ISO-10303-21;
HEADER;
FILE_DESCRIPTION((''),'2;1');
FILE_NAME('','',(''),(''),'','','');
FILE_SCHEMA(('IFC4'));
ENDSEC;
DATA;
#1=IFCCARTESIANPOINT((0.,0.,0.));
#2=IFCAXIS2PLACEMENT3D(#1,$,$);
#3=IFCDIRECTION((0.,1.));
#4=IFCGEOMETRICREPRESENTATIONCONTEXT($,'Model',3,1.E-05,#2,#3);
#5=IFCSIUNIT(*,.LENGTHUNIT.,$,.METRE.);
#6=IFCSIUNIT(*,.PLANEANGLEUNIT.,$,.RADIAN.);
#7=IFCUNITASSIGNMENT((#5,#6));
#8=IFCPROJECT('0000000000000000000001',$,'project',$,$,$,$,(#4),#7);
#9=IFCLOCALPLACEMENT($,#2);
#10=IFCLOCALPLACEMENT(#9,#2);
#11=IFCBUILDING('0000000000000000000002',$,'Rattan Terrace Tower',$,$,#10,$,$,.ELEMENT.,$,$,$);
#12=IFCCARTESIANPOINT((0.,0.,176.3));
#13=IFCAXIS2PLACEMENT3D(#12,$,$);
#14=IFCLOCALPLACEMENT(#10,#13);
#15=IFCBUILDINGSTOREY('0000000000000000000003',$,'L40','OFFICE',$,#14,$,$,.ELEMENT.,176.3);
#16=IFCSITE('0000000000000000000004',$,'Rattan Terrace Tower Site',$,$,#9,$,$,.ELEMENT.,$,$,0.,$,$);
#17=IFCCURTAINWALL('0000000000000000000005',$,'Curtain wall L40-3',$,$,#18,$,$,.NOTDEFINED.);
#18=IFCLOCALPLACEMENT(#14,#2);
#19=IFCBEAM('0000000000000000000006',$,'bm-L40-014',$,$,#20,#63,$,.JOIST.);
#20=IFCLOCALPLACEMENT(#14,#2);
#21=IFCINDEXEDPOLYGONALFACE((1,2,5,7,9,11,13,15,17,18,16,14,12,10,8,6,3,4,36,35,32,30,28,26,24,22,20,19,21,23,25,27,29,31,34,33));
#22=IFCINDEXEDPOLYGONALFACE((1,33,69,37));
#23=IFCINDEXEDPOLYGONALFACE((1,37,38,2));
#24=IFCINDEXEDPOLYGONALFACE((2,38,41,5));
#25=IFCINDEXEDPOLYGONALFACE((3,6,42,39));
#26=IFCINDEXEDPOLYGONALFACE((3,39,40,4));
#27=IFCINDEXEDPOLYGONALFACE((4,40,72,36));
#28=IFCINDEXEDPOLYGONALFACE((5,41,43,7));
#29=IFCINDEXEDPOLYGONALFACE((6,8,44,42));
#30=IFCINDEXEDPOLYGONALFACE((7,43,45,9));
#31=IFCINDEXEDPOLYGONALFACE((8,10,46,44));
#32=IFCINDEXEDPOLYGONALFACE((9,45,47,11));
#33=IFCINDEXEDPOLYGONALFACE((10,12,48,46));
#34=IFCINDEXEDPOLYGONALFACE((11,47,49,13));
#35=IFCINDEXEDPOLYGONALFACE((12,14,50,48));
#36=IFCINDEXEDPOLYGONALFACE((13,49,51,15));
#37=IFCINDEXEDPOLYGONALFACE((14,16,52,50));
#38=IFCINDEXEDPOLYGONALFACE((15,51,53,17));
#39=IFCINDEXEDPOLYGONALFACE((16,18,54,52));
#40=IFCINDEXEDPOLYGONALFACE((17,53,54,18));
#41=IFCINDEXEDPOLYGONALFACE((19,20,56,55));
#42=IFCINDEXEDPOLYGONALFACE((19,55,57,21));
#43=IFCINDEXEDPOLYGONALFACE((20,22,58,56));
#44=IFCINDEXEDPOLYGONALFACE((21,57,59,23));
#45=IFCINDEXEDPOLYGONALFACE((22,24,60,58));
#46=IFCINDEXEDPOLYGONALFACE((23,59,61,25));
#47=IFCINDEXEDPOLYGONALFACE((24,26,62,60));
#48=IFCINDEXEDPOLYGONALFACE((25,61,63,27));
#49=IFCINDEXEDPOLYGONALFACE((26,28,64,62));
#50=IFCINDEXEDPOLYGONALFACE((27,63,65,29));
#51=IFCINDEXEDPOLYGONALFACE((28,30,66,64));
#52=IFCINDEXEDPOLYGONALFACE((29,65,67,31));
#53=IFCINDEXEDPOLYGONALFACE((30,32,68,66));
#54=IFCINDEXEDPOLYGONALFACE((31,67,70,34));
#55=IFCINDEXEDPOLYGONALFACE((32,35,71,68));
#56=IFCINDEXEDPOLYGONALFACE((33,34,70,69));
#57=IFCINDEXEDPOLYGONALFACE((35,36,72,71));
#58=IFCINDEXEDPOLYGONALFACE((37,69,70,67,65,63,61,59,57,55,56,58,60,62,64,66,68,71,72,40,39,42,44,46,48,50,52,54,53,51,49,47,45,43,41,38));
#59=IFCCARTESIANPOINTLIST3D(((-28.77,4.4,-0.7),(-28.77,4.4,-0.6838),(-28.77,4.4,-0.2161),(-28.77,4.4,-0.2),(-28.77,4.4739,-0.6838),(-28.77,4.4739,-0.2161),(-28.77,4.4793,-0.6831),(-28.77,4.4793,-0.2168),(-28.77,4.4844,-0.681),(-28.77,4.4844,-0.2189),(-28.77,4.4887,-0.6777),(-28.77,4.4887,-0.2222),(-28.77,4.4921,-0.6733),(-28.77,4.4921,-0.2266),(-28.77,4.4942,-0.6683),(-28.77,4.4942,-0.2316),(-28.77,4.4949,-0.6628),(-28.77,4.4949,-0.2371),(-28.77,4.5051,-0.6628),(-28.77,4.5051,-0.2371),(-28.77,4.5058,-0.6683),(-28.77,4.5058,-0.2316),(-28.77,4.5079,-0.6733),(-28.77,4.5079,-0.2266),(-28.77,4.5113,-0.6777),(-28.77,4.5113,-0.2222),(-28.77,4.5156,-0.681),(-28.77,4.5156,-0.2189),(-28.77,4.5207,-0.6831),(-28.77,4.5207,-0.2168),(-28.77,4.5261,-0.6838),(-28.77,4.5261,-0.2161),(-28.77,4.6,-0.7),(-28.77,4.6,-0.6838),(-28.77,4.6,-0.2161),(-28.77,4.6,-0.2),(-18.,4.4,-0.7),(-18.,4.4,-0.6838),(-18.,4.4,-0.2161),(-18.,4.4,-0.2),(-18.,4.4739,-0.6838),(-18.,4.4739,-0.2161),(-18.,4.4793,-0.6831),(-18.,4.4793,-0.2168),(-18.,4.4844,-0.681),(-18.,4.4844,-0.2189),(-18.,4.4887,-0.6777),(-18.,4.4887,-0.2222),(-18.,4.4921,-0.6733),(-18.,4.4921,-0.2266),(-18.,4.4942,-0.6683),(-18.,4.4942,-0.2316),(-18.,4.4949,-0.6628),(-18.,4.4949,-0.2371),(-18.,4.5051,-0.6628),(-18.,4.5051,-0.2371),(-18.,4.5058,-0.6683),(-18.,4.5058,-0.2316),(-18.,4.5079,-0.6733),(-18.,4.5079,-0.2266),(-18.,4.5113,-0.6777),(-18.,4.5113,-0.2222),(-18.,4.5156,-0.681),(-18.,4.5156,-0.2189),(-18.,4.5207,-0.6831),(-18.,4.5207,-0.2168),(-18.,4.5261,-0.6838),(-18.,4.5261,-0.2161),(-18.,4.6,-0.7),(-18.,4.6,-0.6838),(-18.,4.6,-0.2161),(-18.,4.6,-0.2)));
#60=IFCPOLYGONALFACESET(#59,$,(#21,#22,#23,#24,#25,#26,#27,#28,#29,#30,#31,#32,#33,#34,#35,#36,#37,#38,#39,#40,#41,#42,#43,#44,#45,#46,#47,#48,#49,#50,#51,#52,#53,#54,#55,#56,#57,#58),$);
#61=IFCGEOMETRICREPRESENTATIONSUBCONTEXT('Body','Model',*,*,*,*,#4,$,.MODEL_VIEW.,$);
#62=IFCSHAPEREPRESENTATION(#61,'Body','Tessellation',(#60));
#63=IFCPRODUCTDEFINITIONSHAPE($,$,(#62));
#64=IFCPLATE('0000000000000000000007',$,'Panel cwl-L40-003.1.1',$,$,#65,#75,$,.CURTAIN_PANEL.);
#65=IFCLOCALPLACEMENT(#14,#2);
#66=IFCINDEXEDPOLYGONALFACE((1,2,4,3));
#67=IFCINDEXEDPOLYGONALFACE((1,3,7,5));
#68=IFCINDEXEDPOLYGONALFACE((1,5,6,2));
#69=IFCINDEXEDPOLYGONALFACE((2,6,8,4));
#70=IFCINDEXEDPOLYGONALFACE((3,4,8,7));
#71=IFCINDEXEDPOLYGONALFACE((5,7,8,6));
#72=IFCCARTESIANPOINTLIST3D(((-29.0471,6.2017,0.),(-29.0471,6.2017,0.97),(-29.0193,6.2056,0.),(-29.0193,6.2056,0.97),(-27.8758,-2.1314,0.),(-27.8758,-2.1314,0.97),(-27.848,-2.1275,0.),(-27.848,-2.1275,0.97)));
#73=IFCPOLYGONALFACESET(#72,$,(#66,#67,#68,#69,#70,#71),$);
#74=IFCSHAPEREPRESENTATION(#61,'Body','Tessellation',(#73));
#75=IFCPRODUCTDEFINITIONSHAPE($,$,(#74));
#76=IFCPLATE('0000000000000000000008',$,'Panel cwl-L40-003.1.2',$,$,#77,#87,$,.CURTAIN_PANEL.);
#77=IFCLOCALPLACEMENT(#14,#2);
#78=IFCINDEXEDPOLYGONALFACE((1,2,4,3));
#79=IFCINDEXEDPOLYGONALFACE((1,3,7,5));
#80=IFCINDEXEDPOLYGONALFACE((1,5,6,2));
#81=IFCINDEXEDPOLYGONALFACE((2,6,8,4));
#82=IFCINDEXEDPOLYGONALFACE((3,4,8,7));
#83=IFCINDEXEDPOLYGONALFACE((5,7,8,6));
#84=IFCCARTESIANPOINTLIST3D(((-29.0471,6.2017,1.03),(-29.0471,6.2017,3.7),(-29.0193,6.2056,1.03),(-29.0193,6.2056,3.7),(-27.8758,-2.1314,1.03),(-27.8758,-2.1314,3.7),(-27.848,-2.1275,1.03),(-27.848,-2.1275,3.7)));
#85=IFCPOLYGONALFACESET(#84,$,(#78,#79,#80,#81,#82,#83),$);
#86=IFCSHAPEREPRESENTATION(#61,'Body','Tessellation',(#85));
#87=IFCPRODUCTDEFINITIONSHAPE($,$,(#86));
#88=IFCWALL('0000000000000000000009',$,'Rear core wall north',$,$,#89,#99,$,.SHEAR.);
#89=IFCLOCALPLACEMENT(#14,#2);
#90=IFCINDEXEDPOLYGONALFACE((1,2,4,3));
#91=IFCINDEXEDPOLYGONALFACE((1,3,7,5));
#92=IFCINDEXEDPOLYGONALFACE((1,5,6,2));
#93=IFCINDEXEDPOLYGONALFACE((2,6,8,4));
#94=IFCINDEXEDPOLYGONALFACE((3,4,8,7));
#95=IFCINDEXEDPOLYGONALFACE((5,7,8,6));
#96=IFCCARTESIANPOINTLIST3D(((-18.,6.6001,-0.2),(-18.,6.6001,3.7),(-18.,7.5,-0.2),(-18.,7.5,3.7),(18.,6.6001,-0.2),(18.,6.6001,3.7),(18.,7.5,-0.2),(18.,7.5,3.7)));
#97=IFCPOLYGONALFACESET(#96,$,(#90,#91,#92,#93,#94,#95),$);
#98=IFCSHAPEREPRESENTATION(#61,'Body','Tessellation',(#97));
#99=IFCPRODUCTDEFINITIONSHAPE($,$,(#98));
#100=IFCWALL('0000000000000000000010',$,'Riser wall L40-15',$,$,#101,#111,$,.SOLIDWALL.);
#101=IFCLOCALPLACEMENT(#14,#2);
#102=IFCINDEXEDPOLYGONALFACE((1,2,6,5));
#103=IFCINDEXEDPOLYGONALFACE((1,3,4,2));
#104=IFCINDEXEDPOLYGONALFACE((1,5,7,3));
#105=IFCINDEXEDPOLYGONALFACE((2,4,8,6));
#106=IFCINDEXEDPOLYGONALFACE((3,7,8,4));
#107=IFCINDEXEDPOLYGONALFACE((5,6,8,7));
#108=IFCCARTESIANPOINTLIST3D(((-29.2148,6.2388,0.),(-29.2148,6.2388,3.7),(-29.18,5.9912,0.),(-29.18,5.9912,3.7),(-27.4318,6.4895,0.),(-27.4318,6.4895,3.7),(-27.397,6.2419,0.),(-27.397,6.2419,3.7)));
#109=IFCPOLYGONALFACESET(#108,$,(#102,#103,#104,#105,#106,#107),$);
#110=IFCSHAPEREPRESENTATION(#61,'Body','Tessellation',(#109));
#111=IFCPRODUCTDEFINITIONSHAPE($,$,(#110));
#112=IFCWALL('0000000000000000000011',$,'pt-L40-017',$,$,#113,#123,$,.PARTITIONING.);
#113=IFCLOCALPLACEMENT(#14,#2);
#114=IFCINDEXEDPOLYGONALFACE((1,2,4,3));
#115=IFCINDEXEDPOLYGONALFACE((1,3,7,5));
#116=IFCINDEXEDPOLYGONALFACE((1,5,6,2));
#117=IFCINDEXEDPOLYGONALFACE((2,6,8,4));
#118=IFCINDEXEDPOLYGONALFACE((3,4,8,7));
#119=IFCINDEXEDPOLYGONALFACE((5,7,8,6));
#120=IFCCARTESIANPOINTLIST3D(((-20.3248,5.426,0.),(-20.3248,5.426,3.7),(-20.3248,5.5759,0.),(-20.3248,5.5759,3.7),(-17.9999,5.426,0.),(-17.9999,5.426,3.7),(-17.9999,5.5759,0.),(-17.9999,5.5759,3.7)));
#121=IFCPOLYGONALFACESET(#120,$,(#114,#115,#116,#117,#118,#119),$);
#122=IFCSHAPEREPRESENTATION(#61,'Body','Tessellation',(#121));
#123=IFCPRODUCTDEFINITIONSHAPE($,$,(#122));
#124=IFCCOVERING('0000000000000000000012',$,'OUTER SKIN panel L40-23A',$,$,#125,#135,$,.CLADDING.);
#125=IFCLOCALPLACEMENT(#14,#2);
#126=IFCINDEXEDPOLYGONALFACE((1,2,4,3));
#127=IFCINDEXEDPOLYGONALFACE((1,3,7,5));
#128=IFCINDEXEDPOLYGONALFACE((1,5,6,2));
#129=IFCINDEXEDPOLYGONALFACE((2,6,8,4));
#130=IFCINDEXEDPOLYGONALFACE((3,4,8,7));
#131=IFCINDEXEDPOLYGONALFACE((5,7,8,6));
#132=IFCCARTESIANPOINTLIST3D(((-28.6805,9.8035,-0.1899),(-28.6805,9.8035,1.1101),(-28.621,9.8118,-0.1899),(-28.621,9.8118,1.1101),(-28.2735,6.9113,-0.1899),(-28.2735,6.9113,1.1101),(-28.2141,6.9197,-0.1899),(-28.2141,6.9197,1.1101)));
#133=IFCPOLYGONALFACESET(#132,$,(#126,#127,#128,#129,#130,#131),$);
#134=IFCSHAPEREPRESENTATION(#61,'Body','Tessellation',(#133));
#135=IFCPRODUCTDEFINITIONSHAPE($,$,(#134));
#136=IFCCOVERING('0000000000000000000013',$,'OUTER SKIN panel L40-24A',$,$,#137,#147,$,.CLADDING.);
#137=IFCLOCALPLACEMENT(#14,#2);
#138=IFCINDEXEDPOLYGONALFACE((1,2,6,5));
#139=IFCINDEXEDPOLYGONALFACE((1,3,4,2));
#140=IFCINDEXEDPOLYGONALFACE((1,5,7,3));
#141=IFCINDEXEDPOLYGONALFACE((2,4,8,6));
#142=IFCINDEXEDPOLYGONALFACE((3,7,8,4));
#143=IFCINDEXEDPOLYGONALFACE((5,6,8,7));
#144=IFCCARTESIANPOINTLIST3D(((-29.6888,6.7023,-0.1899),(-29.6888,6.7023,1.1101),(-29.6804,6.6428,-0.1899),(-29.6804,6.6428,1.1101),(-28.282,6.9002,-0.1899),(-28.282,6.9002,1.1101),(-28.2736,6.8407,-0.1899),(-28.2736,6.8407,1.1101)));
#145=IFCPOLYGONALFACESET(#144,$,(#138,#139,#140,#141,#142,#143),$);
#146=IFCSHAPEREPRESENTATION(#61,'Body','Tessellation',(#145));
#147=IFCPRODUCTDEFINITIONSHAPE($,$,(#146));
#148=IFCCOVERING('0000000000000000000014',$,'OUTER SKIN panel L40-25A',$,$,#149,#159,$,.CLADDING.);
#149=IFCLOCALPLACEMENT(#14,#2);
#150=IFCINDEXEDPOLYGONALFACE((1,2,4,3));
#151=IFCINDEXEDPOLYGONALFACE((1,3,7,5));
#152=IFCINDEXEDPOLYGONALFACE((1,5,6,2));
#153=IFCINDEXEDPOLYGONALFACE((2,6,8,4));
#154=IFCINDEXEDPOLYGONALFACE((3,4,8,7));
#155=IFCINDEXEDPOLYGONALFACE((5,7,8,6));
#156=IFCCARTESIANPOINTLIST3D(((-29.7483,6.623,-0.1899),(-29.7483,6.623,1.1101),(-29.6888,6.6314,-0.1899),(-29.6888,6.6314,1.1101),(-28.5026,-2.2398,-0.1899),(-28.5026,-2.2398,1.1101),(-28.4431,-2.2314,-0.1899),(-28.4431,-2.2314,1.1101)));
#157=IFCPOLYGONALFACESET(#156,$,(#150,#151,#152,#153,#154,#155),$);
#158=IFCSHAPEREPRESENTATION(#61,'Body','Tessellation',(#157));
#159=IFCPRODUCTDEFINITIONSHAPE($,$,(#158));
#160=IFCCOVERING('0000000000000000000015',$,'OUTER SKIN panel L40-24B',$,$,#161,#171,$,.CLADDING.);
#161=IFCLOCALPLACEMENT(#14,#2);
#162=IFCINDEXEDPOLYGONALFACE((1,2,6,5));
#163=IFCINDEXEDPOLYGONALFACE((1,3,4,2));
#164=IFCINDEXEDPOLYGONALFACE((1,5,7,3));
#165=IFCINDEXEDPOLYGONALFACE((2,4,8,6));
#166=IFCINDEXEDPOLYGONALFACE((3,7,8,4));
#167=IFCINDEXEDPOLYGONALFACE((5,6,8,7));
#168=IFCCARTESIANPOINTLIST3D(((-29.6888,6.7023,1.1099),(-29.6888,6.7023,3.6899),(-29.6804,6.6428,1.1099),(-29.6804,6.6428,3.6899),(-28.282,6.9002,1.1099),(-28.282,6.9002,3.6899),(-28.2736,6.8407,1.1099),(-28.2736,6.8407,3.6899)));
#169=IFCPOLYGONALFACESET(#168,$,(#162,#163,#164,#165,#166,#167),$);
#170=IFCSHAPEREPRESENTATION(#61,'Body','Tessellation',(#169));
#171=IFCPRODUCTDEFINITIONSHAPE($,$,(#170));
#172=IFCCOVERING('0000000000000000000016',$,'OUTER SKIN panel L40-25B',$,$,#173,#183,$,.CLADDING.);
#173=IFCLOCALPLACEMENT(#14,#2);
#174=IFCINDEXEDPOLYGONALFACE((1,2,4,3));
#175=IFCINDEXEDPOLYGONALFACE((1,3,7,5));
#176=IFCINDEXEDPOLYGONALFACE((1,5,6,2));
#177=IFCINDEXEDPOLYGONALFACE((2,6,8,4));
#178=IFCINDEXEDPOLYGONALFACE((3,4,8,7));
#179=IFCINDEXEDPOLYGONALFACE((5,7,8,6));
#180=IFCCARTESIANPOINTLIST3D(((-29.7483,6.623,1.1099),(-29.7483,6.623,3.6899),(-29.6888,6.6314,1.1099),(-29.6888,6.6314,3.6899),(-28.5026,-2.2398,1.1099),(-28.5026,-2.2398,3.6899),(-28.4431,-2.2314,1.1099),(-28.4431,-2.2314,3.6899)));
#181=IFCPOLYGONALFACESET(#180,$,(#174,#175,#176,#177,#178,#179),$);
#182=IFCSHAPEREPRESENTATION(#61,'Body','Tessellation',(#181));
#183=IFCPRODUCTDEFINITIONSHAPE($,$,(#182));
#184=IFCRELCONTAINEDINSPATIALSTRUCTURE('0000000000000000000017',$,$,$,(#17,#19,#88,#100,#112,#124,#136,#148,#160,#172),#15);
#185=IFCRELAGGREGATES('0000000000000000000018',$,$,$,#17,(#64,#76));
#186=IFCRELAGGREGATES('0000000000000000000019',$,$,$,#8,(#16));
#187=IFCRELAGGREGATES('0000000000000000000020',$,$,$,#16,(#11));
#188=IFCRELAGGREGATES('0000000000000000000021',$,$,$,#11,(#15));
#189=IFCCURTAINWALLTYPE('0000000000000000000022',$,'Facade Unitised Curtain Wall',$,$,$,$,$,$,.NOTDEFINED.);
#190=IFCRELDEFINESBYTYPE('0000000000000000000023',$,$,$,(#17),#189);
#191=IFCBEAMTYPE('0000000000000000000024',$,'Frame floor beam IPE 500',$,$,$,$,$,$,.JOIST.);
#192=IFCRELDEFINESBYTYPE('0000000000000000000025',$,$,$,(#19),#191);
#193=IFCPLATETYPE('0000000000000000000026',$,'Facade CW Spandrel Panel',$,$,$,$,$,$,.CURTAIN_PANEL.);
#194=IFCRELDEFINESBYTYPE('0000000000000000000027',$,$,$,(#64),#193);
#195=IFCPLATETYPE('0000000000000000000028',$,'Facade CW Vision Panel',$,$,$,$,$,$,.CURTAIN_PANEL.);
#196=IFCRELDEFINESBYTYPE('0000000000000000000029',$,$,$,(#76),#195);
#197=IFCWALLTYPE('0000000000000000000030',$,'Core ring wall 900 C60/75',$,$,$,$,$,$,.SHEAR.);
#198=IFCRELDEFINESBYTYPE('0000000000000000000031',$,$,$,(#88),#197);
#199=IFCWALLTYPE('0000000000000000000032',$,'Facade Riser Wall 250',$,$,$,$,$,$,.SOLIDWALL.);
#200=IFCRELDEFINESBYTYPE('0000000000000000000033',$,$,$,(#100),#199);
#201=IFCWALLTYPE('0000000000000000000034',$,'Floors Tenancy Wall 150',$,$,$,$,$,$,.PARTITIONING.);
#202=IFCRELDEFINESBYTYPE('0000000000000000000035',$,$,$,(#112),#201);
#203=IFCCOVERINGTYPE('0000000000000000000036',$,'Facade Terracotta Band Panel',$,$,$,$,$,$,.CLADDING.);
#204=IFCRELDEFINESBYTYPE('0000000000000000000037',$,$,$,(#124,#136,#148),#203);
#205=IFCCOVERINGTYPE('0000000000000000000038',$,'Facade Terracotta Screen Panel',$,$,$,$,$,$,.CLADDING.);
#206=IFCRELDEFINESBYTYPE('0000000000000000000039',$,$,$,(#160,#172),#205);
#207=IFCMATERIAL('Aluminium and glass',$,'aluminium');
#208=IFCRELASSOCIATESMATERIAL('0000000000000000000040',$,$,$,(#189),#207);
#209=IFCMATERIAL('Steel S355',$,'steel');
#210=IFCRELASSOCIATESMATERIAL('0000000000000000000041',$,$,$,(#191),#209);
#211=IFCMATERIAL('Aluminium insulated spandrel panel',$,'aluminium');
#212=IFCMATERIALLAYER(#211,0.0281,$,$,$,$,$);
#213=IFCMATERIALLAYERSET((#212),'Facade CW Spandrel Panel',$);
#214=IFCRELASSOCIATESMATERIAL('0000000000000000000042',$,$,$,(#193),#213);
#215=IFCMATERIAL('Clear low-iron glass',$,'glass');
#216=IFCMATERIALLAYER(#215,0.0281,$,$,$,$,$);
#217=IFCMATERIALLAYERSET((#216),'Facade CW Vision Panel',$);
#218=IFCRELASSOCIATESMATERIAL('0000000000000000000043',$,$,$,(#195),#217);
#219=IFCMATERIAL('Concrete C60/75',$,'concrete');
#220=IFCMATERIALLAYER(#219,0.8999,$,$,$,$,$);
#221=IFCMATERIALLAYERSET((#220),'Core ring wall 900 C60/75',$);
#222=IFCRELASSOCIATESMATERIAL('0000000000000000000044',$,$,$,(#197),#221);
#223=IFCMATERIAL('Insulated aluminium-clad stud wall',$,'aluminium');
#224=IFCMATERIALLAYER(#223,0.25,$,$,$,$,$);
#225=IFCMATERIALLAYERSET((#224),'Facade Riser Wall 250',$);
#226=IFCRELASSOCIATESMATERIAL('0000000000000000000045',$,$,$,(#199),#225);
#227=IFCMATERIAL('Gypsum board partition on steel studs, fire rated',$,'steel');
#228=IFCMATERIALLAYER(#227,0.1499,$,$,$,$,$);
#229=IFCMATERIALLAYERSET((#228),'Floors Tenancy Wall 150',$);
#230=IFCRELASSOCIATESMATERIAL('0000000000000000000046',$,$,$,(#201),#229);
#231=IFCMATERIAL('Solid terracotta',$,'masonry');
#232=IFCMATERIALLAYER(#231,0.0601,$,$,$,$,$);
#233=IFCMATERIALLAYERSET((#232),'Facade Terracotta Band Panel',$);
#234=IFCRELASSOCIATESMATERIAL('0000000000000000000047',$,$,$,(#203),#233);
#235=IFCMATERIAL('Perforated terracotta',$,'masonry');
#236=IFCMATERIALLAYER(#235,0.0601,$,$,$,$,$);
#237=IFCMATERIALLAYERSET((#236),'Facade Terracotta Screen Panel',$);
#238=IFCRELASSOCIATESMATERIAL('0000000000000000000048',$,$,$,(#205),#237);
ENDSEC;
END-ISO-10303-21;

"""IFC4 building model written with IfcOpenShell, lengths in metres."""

from ifc_helpers import new_model, si_unit, direction, frame, frame_2d, origin, origin_2d, place, context, subcontext, project, spatial, rectangle, i_section, extrude, material, layer, layer_set, material_profile, profile_set, type_object, element, aggregate, save


model = new_model("IFC4")

# Units and contexts
model_context = context("Model", 3, precision=1e-05, world=origin(), true_north=direction((0.0, 1.0)))
body_context = subcontext(model_context, "Body", "Model", "MODEL_VIEW")
ifc_project = project(units=[si_unit("LENGTHUNIT", "METRE"), si_unit("PLANEANGLEUNIT", "RADIAN")], contexts=[model_context])

# Site, building, storey
site_placement = place(None, origin())
site = spatial("IfcSite", under=ifc_project, at=site_placement, Name="Rattan Terrace Tower Site", CompositionType="ELEMENT", RefElevation=0.0)
building_placement = place(site_placement, origin())
building = spatial("IfcBuilding", under=site, at=building_placement, Name="Rattan Terrace Tower", CompositionType="ELEMENT")
storey_placement = place(building_placement, frame((0.0, 0.0, 176.3)))
storey = spatial("IfcBuildingStorey", under=building, at=storey_placement, Name="L40", Description="OFFICE", CompositionType="ELEMENT", Elevation=176.3)

# Curtain wall
ifc_material_1 = material(Name="Aluminium and glass", Category="aluminium")
curtain_wall_type = type_object("IfcCurtainWallType", Name="Facade Unitised Curtain Wall", PredefinedType="NOTDEFINED", material=ifc_material_1)
curtain_wall_placement = place(storey_placement, origin())
curtain_wall = element("IfcCurtainWall", 1, at=curtain_wall_placement, inside=storey, type_object=curtain_wall_type, Name="Curtain wall L40-3", PredefinedType="NOTDEFINED")

# Beam
ifc_material_2 = material(Name="Steel S355", Category="steel")
ifc_material_profile_1 = material_profile(ifc_material_2, i_section(OverallWidth=0.2, OverallDepth=0.5, WebThickness=0.0103, FlangeThickness=0.0161, FilletRadius=0.021, at=origin_2d()), Name="IPE 500")
ifc_profile_set_1 = profile_set([ifc_material_profile_1], Name="Steel S355")
beam_type_1 = type_object("IfcBeamType", Name="Frame floor beam IPE 500", PredefinedType="JOIST", material=ifc_profile_set_1)
beam_1_placement = place(storey_placement, frame((-28.77, 4.5, -0.45), z_axis=(1.0, 0.0, 0.0), x_axis=(0.0, 1.0, 0.0)))
element("IfcBeam", 2, at=beam_1_placement, inside=storey, type_object=beam_type_1, Name="bm-L40-014", PredefinedType="JOIST", context=body_context, shape_type="SweptSolid", body=[
    extrude(i_section(OverallWidth=0.2, OverallDepth=0.5, WebThickness=0.0103, FlangeThickness=0.0161, FilletRadius=0.021, at=origin_2d()), origin(), (0.0, 0.0, 1.0), 10.77),
])

# Plates
ifc_material_3 = material(Name="Aluminium insulated spandrel panel", Category="aluminium")
ifc_layer_1 = layer(ifc_material_3, 0.0281)
ifc_layer_set_1 = layer_set([ifc_layer_1], Name="Facade CW Spandrel Panel")
plate_type_1 = type_object("IfcPlateType", Name="Facade CW Spandrel Panel", PredefinedType="CURTAIN_PANEL", material=ifc_layer_set_1)
plate_1_placement = place(storey_placement, frame((-28.4475, 2.0371, 0.0), z_axis=(0.0, 0.0, 1.0), x_axis=(0.139191, -0.990266, 0.0)))
plate_1 = element("IfcPlate", 3, at=plate_1_placement, type_object=plate_type_1, Name="Panel cwl-L40-003.1.1", PredefinedType="CURTAIN_PANEL", context=body_context, shape_type="SweptSolid", body=[
    extrude(rectangle(XDim=8.415, YDim=0.0281, at=origin_2d()), origin(), (0.0, 0.0, 1.0), 0.97),
])
ifc_material_4 = material(Name="Clear low-iron glass", Category="glass")
ifc_layer_2 = layer(ifc_material_4, 0.0281)
ifc_layer_set_2 = layer_set([ifc_layer_2], Name="Facade CW Vision Panel")
plate_type_2 = type_object("IfcPlateType", Name="Facade CW Vision Panel", PredefinedType="CURTAIN_PANEL", material=ifc_layer_set_2)
plate_2_placement = place(storey_placement, frame((-28.4475, 2.0371, 1.03), z_axis=(0.0, 0.0, 1.0), x_axis=(0.139191, -0.990266, 0.0)))
plate_2 = element("IfcPlate", 4, at=plate_2_placement, type_object=plate_type_2, Name="Panel cwl-L40-003.1.2", PredefinedType="CURTAIN_PANEL", context=body_context, shape_type="SweptSolid", body=[
    extrude(rectangle(XDim=8.415, YDim=0.0281, at=origin_2d()), origin(), (0.0, 0.0, 1.0), 2.6699),
])
aggregate(curtain_wall, [plate_1, plate_2])

# Walls
ifc_material_5 = material(Name="Concrete C60/75", Category="concrete")
ifc_layer_3 = layer(ifc_material_5, 0.8999)
ifc_layer_set_3 = layer_set([ifc_layer_3], Name="Core ring wall 900 C60/75")
wall_type_1 = type_object("IfcWallType", Name="Core ring wall 900 C60/75", PredefinedType="SHEAR", material=ifc_layer_set_3)
wall_1_placement = place(storey_placement, frame((-18.0, 7.05, -0.2), z_axis=(0.0, 0.0, 1.0), x_axis=(1.0, 0.0, 0.0)))
element("IfcWall", 5, at=wall_1_placement, inside=storey, type_object=wall_type_1, Name="Rear core wall north", PredefinedType="SHEAR", context=body_context, shape_type="SweptSolid", body=[
    extrude(rectangle(XDim=36.0, YDim=0.8999, at=frame_2d((18.0, 0.0))), origin(), (0.0, 0.0, 1.0), 3.8999),
])
ifc_material_6 = material(Name="Insulated aluminium-clad stud wall", Category="aluminium")
ifc_layer_4 = layer(ifc_material_6, 0.25)
ifc_layer_set_4 = layer_set([ifc_layer_4], Name="Facade Riser Wall 250")
wall_type_2 = type_object("IfcWallType", Name="Facade Riser Wall 250", PredefinedType="SOLIDWALL", material=ifc_layer_set_4)
wall_2_placement = place(storey_placement, frame((-27.4143, 6.3657, 0.0), z_axis=(0.0, 0.0, 1.0), x_axis=(-0.990256, -0.139257, 0.0)))
element("IfcWall", 6, at=wall_2_placement, inside=storey, type_object=wall_type_2, Name="Riser wall L40-15", PredefinedType="SOLIDWALL", context=body_context, shape_type="SweptSolid", body=[
    extrude(rectangle(XDim=1.8005, YDim=0.25, at=frame_2d((0.9004, 0.0))), origin(), (0.0, 0.0, 1.0), 3.7),
])
ifc_material_7 = material(Name="Gypsum board partition on steel studs, fire rated", Category="steel")
ifc_layer_5 = layer(ifc_material_7, 0.1499)
ifc_layer_set_5 = layer_set([ifc_layer_5], Name="Floors Tenancy Wall 150")
wall_type_3 = type_object("IfcWallType", Name="Floors Tenancy Wall 150", PredefinedType="PARTITIONING", material=ifc_layer_set_5)
wall_3_placement = place(storey_placement, frame((-20.325, 5.501, 0.0), z_axis=(0.0, 0.0, 1.0), x_axis=(1.0, 0.0, 0.0)))
element("IfcWall", 7, at=wall_3_placement, inside=storey, type_object=wall_type_3, Name="pt-L40-017", PredefinedType="PARTITIONING", context=body_context, shape_type="SweptSolid", body=[
    extrude(rectangle(XDim=2.325, YDim=0.1499, at=frame_2d((1.1626, 0.0))), origin(), (0.0, 0.0, 1.0), 3.7),
])

# Coverings
ifc_material_8 = material(Name="Solid terracotta", Category="masonry")
ifc_layer_6 = layer(ifc_material_8, 0.0601)
ifc_layer_set_6 = layer_set([ifc_layer_6], Name="Facade Terracotta Band Panel")
covering_type_1 = type_object("IfcCoveringType", Name="Facade Terracotta Band Panel", PredefinedType="CLADDING", material=ifc_layer_set_6)
covering_1_placement = place(storey_placement, frame((-28.4473, 8.3616, -0.1899), z_axis=(0.0, 0.0, 1.0), x_axis=(0.139321, -0.990247, 0.0)))
element("IfcCovering", 8, at=covering_1_placement, inside=storey, type_object=covering_type_1, Name="OUTER SKIN panel L40-23A", PredefinedType="CLADDING", context=body_context, shape_type="SweptSolid", body=[
    extrude(rectangle(XDim=2.9207, YDim=0.0601, at=origin_2d()), origin(), (0.0, 0.0, 1.0), 1.3),
])
covering_2_placement = place(storey_placement, frame((-28.9812, 6.7715, -0.1899), z_axis=(0.0, 0.0, 1.0), x_axis=(-0.990254, -0.139275, 0.0)))
element("IfcCovering", 9, at=covering_2_placement, inside=storey, type_object=covering_type_1, Name="OUTER SKIN panel L40-24A", PredefinedType="CLADDING", context=body_context, shape_type="SweptSolid", body=[
    extrude(rectangle(XDim=1.4207, YDim=0.0601, at=origin_2d()), origin(), (0.0, 0.0, 1.0), 1.3),
])
covering_3_placement = place(storey_placement, frame((-29.0957, 2.1958, -0.1899), z_axis=(0.0, 0.0, 1.0), x_axis=(0.139191, -0.990266, 0.0)))
element("IfcCovering", 10, at=covering_3_placement, inside=storey, type_object=covering_type_1, Name="OUTER SKIN panel L40-25A", PredefinedType="CLADDING", context=body_context, shape_type="SweptSolid", body=[
    extrude(rectangle(XDim=8.95, YDim=0.0601, at=origin_2d()), origin(), (0.0, 0.0, 1.0), 1.3),
])
ifc_material_9 = material(Name="Perforated terracotta", Category="masonry")
ifc_layer_7 = layer(ifc_material_9, 0.0601)
ifc_layer_set_7 = layer_set([ifc_layer_7], Name="Facade Terracotta Screen Panel")
covering_type_2 = type_object("IfcCoveringType", Name="Facade Terracotta Screen Panel", PredefinedType="CLADDING", material=ifc_layer_set_7)
covering_4_placement = place(storey_placement, frame((-28.9812, 6.7715, 1.1099), z_axis=(0.0, 0.0, 1.0), x_axis=(-0.990254, -0.139275, 0.0)))
element("IfcCovering", 11, at=covering_4_placement, inside=storey, type_object=covering_type_2, Name="OUTER SKIN panel L40-24B", PredefinedType="CLADDING", context=body_context, shape_type="SweptSolid", body=[
    extrude(rectangle(XDim=1.4207, YDim=0.0601, at=origin_2d()), origin(), (0.0, 0.0, 1.0), 2.5801),
])
covering_5_placement = place(storey_placement, frame((-29.0957, 2.1958, 1.1099), z_axis=(0.0, 0.0, 1.0), x_axis=(0.139191, -0.990266, 0.0)))
element("IfcCovering", 12, at=covering_5_placement, inside=storey, type_object=covering_type_2, Name="OUTER SKIN panel L40-25B", PredefinedType="CLADDING", context=body_context, shape_type="SweptSolid", body=[
    extrude(rectangle(XDim=8.95, YDim=0.0601, at=origin_2d()), origin(), (0.0, 0.0, 1.0), 2.5801),
])

save(model, "model.ifc")
